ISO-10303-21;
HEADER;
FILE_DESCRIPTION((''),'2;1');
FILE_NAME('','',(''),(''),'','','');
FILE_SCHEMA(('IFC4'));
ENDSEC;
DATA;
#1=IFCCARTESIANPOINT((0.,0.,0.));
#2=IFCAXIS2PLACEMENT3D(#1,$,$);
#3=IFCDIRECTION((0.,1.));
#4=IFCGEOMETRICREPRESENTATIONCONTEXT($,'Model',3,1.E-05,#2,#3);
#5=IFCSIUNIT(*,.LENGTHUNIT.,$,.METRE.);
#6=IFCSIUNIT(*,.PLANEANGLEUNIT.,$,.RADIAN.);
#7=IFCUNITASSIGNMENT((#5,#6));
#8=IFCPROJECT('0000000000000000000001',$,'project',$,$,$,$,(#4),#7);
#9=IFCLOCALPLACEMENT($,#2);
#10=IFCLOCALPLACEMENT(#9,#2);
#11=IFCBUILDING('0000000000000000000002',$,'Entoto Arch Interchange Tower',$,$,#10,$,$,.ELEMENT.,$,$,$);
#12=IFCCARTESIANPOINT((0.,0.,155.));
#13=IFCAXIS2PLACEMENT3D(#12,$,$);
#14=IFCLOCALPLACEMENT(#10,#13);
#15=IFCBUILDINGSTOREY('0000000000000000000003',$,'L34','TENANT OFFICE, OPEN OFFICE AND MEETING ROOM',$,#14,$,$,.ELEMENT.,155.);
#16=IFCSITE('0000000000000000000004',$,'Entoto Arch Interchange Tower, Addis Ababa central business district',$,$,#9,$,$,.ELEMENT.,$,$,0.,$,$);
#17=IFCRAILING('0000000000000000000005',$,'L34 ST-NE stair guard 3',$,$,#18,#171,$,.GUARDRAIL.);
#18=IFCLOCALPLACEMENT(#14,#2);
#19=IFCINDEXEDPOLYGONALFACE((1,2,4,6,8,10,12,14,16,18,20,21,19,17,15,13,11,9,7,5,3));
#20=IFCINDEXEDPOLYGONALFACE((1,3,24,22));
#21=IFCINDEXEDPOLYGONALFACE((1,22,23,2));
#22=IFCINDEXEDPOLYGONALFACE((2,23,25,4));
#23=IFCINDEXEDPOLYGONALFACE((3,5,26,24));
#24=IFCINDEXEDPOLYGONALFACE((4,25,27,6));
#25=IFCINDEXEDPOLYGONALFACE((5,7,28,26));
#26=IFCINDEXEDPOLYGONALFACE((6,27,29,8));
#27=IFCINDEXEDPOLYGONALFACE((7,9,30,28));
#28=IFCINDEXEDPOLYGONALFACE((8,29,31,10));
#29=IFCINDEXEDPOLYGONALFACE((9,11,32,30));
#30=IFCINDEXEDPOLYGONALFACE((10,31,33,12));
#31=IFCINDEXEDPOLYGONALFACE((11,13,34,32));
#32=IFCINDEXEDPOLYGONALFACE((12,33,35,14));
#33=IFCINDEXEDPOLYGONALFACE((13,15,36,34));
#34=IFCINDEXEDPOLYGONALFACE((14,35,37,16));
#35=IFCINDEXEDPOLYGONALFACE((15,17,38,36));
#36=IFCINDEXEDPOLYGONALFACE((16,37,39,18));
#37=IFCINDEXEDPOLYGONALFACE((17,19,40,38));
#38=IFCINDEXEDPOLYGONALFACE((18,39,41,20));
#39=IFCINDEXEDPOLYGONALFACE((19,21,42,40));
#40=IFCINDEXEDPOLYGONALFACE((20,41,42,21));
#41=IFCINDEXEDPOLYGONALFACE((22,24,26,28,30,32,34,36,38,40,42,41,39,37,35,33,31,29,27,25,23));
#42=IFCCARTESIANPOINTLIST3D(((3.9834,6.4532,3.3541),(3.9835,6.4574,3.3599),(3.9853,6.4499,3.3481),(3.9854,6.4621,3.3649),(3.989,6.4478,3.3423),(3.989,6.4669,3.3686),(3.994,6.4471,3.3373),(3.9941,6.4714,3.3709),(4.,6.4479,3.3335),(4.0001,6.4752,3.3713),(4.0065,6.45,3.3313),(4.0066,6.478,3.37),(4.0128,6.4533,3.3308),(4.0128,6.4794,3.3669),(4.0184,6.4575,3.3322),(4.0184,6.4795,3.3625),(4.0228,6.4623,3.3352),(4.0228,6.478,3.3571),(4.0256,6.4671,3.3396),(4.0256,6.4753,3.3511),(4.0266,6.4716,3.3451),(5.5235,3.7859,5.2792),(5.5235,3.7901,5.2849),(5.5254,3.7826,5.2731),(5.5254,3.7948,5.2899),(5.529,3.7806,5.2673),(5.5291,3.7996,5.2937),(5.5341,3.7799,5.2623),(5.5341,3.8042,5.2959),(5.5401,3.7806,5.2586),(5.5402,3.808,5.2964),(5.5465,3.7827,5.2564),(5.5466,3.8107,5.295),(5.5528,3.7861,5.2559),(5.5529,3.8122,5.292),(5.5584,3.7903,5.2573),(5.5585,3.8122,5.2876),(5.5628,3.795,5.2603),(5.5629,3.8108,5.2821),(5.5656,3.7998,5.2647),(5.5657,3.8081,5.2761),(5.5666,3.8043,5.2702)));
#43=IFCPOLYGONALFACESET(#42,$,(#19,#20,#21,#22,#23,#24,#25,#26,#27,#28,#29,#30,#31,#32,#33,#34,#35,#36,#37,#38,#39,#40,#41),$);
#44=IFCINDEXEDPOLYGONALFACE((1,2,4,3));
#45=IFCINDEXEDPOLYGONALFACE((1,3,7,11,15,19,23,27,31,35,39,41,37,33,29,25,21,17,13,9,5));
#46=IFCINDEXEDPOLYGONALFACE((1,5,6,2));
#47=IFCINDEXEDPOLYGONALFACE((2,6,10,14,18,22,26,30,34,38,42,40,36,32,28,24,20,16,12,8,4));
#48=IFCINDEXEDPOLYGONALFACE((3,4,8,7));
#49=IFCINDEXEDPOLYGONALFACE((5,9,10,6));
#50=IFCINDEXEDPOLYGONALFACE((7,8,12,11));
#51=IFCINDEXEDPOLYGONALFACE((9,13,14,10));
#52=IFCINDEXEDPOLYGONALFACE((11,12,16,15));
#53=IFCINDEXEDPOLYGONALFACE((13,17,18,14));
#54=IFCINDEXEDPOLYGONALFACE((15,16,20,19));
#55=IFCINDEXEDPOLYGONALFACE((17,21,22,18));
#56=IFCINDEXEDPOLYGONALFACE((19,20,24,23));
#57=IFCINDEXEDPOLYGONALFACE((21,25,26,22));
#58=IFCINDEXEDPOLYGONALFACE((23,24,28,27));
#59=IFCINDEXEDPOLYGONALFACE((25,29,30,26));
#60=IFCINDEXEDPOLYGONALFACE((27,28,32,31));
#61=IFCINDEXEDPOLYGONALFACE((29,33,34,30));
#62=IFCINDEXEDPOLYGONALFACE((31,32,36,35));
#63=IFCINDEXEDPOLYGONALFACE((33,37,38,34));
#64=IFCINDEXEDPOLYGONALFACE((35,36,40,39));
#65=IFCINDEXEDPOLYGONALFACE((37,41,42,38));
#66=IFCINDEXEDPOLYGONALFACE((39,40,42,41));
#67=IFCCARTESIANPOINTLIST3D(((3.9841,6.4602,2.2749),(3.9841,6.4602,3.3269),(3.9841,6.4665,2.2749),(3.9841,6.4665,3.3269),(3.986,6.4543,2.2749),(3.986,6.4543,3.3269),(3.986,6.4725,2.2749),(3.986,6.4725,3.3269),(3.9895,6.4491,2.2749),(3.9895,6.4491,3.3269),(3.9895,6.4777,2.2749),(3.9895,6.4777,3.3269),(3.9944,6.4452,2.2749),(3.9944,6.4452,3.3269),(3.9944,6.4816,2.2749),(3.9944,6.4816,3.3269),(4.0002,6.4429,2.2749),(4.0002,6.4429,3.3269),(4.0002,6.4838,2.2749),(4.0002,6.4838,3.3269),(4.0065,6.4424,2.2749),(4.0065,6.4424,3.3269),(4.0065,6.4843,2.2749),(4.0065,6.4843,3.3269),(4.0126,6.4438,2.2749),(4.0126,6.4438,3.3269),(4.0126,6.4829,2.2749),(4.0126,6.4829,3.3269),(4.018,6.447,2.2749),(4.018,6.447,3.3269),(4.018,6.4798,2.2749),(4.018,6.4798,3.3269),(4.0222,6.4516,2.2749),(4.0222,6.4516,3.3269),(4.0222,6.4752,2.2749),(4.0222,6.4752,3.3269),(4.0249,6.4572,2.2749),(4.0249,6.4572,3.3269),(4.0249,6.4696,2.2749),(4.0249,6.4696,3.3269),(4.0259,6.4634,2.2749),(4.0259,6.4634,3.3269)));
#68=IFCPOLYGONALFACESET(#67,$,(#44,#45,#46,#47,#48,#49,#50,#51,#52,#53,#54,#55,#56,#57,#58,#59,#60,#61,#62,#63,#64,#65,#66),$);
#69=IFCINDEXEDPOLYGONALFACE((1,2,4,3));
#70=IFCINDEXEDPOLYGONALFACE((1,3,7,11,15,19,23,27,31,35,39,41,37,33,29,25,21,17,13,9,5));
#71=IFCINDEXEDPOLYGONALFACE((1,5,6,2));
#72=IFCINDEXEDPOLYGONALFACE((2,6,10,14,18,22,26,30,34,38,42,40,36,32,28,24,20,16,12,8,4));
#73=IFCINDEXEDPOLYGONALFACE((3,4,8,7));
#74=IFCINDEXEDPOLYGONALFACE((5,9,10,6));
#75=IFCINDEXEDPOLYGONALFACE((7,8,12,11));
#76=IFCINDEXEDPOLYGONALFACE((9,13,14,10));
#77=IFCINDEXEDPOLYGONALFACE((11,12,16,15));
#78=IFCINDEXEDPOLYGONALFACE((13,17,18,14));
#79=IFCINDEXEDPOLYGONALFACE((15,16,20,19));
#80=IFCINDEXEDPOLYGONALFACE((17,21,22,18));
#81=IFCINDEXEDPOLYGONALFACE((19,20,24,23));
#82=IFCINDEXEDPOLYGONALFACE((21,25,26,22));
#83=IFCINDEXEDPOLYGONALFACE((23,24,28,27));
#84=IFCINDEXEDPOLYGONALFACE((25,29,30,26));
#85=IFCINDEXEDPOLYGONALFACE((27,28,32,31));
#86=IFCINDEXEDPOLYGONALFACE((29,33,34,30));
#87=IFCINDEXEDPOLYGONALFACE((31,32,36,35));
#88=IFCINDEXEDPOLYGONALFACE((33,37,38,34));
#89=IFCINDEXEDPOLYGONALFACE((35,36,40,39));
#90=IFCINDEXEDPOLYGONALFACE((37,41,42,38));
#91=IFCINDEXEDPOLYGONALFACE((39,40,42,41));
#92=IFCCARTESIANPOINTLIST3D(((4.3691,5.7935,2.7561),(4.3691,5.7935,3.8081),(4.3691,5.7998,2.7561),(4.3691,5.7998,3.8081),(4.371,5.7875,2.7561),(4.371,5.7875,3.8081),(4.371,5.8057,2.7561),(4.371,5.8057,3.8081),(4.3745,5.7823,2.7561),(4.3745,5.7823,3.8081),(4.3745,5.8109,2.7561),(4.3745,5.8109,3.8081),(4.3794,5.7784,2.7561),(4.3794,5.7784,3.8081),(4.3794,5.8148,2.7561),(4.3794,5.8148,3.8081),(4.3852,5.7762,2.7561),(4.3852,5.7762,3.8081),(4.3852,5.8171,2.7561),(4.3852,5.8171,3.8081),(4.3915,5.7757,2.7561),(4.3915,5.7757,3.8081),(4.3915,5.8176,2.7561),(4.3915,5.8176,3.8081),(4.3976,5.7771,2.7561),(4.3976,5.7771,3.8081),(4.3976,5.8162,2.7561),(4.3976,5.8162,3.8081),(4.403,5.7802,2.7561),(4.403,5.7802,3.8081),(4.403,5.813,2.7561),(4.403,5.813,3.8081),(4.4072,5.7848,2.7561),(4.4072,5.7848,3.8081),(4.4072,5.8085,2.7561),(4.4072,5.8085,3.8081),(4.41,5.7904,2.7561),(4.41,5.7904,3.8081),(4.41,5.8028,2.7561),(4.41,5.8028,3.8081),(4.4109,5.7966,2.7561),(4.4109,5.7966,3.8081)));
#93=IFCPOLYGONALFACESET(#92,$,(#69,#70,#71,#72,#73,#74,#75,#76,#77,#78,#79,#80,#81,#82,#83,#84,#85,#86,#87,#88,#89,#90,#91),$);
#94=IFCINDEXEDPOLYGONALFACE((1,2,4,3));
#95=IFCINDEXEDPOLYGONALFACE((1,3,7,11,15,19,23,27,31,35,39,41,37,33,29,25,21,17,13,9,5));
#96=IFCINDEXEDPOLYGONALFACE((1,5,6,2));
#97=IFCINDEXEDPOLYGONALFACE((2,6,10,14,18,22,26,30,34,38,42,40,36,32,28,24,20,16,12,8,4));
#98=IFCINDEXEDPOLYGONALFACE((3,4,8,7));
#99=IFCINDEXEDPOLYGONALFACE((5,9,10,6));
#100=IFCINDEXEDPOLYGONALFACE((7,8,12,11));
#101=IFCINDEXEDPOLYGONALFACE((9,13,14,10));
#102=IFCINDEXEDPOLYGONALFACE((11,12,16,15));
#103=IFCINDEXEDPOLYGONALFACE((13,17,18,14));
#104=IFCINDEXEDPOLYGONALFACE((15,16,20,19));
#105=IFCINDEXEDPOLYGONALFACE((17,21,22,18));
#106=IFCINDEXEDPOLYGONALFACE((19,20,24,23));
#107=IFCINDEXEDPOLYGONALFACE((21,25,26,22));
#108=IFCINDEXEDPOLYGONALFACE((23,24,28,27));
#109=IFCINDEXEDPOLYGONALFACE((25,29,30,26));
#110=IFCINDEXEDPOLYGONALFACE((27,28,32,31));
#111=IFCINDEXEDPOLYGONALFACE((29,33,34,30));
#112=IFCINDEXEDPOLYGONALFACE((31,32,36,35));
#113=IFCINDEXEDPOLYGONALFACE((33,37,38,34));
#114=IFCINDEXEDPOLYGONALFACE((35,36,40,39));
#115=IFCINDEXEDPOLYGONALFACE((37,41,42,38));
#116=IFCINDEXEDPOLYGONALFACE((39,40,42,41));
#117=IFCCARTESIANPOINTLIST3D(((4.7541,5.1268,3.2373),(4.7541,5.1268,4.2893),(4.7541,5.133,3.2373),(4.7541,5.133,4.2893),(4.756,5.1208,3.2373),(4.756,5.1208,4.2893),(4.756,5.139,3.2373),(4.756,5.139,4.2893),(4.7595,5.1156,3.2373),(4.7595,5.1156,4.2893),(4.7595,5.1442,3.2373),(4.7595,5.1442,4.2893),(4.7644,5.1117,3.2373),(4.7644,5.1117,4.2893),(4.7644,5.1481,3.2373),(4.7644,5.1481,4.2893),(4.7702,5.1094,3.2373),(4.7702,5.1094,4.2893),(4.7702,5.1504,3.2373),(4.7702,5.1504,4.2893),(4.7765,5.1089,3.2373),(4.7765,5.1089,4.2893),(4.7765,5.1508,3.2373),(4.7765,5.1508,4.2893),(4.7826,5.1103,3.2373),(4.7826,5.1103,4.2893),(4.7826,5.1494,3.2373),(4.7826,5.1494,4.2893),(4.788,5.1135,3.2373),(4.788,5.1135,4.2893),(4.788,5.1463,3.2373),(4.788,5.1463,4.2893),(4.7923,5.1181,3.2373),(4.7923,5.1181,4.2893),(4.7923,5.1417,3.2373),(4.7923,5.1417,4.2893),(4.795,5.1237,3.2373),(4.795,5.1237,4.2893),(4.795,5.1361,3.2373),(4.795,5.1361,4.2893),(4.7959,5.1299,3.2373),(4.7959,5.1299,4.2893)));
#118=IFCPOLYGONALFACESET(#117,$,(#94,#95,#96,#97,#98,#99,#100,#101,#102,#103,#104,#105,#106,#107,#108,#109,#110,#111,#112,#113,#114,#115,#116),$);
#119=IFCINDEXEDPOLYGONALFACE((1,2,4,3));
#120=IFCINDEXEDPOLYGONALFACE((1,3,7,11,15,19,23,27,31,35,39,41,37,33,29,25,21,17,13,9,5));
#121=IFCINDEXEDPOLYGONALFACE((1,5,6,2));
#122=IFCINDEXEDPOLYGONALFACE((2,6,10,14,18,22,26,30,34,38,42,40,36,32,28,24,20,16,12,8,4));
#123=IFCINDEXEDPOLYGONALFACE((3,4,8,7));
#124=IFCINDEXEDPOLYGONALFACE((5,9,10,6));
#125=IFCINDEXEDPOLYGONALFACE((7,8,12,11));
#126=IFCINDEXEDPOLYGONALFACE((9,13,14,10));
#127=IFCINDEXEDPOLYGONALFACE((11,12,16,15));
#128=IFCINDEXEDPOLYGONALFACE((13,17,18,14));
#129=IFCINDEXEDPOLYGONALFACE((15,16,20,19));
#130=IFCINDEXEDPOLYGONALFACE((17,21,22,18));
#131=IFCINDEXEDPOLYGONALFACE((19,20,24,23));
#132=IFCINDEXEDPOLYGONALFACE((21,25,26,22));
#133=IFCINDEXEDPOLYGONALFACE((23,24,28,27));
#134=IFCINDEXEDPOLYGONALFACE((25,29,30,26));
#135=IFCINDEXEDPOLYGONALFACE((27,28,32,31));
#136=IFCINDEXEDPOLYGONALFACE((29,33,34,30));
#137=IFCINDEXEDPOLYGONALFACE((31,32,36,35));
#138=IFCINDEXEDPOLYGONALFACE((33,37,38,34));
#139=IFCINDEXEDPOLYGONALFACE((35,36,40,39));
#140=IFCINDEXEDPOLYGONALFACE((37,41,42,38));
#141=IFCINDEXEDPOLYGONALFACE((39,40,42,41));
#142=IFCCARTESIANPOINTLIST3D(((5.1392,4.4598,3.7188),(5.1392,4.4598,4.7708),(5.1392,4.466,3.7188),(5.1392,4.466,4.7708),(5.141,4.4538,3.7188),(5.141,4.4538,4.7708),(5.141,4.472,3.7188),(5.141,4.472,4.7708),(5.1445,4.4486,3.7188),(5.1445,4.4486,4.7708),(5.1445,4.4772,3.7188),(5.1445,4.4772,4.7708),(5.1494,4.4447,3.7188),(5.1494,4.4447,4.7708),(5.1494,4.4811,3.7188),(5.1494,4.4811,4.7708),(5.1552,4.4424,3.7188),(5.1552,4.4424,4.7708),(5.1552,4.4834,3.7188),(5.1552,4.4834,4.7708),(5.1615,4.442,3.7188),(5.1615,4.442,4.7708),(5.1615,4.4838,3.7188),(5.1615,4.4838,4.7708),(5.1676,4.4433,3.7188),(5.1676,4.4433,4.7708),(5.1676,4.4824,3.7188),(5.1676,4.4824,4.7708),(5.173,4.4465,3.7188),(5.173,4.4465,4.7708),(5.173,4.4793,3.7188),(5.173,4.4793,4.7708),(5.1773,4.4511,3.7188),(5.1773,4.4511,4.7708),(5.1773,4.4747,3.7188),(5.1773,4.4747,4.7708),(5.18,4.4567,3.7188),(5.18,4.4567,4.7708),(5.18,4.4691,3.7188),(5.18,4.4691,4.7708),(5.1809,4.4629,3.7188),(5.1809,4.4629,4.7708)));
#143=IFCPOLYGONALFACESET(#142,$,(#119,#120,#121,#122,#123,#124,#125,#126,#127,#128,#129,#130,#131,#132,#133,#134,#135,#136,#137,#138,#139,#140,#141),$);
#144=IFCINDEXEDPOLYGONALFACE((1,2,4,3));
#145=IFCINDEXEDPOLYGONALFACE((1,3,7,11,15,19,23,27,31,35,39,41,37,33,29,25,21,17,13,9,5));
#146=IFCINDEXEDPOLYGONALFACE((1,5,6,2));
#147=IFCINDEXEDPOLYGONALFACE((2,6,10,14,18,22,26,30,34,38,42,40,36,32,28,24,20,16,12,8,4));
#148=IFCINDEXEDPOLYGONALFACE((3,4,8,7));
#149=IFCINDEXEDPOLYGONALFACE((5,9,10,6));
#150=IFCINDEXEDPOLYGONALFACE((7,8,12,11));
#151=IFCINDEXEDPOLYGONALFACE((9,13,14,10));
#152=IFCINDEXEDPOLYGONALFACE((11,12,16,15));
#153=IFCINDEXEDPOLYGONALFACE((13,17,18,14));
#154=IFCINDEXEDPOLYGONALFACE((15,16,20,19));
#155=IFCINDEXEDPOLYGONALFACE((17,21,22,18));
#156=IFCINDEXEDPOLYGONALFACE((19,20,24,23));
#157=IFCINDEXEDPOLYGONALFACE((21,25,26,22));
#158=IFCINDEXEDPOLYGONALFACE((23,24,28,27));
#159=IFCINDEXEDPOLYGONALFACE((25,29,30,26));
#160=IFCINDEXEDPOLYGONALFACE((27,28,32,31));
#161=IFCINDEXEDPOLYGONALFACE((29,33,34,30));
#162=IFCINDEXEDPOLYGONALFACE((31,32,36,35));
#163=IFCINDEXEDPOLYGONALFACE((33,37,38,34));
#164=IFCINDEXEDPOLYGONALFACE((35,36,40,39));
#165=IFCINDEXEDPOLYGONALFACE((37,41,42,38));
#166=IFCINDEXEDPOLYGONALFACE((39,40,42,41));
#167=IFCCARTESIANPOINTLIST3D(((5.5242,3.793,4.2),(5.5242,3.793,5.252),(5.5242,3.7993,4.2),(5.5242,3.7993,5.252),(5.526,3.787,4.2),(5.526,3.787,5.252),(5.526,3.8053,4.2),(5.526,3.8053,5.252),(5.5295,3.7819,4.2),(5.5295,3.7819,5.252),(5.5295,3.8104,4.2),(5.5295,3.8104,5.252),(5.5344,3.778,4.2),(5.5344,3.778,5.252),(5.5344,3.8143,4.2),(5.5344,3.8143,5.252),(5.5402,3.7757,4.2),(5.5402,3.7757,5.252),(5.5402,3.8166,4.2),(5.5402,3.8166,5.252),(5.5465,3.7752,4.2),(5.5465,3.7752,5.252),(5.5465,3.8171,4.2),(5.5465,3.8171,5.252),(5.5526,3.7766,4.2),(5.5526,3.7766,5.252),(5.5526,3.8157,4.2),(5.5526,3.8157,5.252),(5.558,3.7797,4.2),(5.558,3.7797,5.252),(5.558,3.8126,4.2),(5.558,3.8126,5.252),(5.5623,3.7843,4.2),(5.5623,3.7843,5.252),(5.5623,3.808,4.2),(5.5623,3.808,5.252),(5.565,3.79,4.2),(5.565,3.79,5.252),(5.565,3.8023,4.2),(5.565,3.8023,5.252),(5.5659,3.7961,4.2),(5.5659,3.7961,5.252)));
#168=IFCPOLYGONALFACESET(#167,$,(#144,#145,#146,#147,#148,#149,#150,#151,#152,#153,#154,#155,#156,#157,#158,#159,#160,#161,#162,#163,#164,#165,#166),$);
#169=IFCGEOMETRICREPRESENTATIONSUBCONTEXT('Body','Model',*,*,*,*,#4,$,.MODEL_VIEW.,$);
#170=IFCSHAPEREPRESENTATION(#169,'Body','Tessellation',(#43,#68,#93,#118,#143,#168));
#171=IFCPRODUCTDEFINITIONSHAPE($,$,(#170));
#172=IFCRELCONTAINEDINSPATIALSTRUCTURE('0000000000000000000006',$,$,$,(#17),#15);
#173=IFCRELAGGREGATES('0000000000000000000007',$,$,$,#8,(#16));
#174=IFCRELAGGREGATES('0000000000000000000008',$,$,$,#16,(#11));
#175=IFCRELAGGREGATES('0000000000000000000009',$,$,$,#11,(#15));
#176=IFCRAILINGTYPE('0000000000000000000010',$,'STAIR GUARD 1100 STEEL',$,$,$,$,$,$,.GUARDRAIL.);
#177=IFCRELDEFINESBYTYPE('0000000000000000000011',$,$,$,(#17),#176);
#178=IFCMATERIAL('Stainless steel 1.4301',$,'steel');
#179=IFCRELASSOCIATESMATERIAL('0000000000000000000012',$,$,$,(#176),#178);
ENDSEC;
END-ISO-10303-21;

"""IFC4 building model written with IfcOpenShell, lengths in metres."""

from ifc_helpers import new_model, si_unit, direction, frame, origin, origin_2d, place, context, subcontext, project, spatial, circle, extrude, material, type_object, element, save


model = new_model("IFC4")

# Units and contexts
model_context = context("Model", 3, precision=1e-05, world=origin(), true_north=direction((0.0, 1.0)))
body_context = subcontext(model_context, "Body", "Model", "MODEL_VIEW")
ifc_project = project(units=[si_unit("LENGTHUNIT", "METRE"), si_unit("PLANEANGLEUNIT", "RADIAN")], contexts=[model_context])

# Site, building, storey
site_placement = place(None, origin())
site = spatial("IfcSite", under=ifc_project, at=site_placement, Name="Entoto Arch Interchange Tower, Addis Ababa central business district", CompositionType="ELEMENT", RefElevation=0.0)
building_placement = place(site_placement, origin())
building = spatial("IfcBuilding", under=site, at=building_placement, Name="Entoto Arch Interchange Tower", CompositionType="ELEMENT")
storey_placement = place(building_placement, frame((0.0, 0.0, 155.0)))
storey = spatial("IfcBuildingStorey", under=building, at=storey_placement, Name="L34", Description="TENANT OFFICE, OPEN OFFICE AND MEETING ROOM", CompositionType="ELEMENT", Elevation=155.0)

# Railing
ifc_material_1 = material(Name="Stainless steel 1.4301", Category="steel")
railing_type_1 = type_object("IfcRailingType", Name="STAIR GUARD 1100 STEEL", PredefinedType="GUARDRAIL", material=ifc_material_1)
railing_1_placement = place(storey_placement, frame((4.0049, 6.4634, 2.2749)))
element("IfcRailing", 1, at=railing_1_placement, inside=storey, type_object=railing_type_1, Name="L34 ST-NE stair guard 3", PredefinedType="GUARDRAIL", context=body_context, shape_type="SweptSolid", body=[
    extrude(circle(Radius=0.0239, at=origin_2d()), frame((0.0, 0.0, 1.0762), z_axis=(0.424015, -0.734364, 0.530019), x_axis=(0.86601, 0.500027, 0.0)), (0.0, 0.0, 1.0), 3.6321),
    extrude(circle(Radius=0.021, at=origin_2d()), origin(), (0.0, 0.0, 1.0), 1.052),
    extrude(circle(Radius=0.021, at=origin_2d()), frame((0.385, -0.6667, 0.4812)), (0.0, 0.0, 1.0), 1.052),
    extrude(circle(Radius=0.021, at=origin_2d()), frame((0.77, -1.3335, 0.9624)), (0.0, 0.0, 1.0), 1.052),
    extrude(circle(Radius=0.021, at=origin_2d()), frame((1.155, -2.0005, 1.4438)), (0.0, 0.0, 1.0), 1.052),
    extrude(circle(Radius=0.021, at=origin_2d()), frame((1.54, -2.6672, 1.925)), (0.0, 0.0, 1.0), 1.052),
])

save(model, "model.ifc")
